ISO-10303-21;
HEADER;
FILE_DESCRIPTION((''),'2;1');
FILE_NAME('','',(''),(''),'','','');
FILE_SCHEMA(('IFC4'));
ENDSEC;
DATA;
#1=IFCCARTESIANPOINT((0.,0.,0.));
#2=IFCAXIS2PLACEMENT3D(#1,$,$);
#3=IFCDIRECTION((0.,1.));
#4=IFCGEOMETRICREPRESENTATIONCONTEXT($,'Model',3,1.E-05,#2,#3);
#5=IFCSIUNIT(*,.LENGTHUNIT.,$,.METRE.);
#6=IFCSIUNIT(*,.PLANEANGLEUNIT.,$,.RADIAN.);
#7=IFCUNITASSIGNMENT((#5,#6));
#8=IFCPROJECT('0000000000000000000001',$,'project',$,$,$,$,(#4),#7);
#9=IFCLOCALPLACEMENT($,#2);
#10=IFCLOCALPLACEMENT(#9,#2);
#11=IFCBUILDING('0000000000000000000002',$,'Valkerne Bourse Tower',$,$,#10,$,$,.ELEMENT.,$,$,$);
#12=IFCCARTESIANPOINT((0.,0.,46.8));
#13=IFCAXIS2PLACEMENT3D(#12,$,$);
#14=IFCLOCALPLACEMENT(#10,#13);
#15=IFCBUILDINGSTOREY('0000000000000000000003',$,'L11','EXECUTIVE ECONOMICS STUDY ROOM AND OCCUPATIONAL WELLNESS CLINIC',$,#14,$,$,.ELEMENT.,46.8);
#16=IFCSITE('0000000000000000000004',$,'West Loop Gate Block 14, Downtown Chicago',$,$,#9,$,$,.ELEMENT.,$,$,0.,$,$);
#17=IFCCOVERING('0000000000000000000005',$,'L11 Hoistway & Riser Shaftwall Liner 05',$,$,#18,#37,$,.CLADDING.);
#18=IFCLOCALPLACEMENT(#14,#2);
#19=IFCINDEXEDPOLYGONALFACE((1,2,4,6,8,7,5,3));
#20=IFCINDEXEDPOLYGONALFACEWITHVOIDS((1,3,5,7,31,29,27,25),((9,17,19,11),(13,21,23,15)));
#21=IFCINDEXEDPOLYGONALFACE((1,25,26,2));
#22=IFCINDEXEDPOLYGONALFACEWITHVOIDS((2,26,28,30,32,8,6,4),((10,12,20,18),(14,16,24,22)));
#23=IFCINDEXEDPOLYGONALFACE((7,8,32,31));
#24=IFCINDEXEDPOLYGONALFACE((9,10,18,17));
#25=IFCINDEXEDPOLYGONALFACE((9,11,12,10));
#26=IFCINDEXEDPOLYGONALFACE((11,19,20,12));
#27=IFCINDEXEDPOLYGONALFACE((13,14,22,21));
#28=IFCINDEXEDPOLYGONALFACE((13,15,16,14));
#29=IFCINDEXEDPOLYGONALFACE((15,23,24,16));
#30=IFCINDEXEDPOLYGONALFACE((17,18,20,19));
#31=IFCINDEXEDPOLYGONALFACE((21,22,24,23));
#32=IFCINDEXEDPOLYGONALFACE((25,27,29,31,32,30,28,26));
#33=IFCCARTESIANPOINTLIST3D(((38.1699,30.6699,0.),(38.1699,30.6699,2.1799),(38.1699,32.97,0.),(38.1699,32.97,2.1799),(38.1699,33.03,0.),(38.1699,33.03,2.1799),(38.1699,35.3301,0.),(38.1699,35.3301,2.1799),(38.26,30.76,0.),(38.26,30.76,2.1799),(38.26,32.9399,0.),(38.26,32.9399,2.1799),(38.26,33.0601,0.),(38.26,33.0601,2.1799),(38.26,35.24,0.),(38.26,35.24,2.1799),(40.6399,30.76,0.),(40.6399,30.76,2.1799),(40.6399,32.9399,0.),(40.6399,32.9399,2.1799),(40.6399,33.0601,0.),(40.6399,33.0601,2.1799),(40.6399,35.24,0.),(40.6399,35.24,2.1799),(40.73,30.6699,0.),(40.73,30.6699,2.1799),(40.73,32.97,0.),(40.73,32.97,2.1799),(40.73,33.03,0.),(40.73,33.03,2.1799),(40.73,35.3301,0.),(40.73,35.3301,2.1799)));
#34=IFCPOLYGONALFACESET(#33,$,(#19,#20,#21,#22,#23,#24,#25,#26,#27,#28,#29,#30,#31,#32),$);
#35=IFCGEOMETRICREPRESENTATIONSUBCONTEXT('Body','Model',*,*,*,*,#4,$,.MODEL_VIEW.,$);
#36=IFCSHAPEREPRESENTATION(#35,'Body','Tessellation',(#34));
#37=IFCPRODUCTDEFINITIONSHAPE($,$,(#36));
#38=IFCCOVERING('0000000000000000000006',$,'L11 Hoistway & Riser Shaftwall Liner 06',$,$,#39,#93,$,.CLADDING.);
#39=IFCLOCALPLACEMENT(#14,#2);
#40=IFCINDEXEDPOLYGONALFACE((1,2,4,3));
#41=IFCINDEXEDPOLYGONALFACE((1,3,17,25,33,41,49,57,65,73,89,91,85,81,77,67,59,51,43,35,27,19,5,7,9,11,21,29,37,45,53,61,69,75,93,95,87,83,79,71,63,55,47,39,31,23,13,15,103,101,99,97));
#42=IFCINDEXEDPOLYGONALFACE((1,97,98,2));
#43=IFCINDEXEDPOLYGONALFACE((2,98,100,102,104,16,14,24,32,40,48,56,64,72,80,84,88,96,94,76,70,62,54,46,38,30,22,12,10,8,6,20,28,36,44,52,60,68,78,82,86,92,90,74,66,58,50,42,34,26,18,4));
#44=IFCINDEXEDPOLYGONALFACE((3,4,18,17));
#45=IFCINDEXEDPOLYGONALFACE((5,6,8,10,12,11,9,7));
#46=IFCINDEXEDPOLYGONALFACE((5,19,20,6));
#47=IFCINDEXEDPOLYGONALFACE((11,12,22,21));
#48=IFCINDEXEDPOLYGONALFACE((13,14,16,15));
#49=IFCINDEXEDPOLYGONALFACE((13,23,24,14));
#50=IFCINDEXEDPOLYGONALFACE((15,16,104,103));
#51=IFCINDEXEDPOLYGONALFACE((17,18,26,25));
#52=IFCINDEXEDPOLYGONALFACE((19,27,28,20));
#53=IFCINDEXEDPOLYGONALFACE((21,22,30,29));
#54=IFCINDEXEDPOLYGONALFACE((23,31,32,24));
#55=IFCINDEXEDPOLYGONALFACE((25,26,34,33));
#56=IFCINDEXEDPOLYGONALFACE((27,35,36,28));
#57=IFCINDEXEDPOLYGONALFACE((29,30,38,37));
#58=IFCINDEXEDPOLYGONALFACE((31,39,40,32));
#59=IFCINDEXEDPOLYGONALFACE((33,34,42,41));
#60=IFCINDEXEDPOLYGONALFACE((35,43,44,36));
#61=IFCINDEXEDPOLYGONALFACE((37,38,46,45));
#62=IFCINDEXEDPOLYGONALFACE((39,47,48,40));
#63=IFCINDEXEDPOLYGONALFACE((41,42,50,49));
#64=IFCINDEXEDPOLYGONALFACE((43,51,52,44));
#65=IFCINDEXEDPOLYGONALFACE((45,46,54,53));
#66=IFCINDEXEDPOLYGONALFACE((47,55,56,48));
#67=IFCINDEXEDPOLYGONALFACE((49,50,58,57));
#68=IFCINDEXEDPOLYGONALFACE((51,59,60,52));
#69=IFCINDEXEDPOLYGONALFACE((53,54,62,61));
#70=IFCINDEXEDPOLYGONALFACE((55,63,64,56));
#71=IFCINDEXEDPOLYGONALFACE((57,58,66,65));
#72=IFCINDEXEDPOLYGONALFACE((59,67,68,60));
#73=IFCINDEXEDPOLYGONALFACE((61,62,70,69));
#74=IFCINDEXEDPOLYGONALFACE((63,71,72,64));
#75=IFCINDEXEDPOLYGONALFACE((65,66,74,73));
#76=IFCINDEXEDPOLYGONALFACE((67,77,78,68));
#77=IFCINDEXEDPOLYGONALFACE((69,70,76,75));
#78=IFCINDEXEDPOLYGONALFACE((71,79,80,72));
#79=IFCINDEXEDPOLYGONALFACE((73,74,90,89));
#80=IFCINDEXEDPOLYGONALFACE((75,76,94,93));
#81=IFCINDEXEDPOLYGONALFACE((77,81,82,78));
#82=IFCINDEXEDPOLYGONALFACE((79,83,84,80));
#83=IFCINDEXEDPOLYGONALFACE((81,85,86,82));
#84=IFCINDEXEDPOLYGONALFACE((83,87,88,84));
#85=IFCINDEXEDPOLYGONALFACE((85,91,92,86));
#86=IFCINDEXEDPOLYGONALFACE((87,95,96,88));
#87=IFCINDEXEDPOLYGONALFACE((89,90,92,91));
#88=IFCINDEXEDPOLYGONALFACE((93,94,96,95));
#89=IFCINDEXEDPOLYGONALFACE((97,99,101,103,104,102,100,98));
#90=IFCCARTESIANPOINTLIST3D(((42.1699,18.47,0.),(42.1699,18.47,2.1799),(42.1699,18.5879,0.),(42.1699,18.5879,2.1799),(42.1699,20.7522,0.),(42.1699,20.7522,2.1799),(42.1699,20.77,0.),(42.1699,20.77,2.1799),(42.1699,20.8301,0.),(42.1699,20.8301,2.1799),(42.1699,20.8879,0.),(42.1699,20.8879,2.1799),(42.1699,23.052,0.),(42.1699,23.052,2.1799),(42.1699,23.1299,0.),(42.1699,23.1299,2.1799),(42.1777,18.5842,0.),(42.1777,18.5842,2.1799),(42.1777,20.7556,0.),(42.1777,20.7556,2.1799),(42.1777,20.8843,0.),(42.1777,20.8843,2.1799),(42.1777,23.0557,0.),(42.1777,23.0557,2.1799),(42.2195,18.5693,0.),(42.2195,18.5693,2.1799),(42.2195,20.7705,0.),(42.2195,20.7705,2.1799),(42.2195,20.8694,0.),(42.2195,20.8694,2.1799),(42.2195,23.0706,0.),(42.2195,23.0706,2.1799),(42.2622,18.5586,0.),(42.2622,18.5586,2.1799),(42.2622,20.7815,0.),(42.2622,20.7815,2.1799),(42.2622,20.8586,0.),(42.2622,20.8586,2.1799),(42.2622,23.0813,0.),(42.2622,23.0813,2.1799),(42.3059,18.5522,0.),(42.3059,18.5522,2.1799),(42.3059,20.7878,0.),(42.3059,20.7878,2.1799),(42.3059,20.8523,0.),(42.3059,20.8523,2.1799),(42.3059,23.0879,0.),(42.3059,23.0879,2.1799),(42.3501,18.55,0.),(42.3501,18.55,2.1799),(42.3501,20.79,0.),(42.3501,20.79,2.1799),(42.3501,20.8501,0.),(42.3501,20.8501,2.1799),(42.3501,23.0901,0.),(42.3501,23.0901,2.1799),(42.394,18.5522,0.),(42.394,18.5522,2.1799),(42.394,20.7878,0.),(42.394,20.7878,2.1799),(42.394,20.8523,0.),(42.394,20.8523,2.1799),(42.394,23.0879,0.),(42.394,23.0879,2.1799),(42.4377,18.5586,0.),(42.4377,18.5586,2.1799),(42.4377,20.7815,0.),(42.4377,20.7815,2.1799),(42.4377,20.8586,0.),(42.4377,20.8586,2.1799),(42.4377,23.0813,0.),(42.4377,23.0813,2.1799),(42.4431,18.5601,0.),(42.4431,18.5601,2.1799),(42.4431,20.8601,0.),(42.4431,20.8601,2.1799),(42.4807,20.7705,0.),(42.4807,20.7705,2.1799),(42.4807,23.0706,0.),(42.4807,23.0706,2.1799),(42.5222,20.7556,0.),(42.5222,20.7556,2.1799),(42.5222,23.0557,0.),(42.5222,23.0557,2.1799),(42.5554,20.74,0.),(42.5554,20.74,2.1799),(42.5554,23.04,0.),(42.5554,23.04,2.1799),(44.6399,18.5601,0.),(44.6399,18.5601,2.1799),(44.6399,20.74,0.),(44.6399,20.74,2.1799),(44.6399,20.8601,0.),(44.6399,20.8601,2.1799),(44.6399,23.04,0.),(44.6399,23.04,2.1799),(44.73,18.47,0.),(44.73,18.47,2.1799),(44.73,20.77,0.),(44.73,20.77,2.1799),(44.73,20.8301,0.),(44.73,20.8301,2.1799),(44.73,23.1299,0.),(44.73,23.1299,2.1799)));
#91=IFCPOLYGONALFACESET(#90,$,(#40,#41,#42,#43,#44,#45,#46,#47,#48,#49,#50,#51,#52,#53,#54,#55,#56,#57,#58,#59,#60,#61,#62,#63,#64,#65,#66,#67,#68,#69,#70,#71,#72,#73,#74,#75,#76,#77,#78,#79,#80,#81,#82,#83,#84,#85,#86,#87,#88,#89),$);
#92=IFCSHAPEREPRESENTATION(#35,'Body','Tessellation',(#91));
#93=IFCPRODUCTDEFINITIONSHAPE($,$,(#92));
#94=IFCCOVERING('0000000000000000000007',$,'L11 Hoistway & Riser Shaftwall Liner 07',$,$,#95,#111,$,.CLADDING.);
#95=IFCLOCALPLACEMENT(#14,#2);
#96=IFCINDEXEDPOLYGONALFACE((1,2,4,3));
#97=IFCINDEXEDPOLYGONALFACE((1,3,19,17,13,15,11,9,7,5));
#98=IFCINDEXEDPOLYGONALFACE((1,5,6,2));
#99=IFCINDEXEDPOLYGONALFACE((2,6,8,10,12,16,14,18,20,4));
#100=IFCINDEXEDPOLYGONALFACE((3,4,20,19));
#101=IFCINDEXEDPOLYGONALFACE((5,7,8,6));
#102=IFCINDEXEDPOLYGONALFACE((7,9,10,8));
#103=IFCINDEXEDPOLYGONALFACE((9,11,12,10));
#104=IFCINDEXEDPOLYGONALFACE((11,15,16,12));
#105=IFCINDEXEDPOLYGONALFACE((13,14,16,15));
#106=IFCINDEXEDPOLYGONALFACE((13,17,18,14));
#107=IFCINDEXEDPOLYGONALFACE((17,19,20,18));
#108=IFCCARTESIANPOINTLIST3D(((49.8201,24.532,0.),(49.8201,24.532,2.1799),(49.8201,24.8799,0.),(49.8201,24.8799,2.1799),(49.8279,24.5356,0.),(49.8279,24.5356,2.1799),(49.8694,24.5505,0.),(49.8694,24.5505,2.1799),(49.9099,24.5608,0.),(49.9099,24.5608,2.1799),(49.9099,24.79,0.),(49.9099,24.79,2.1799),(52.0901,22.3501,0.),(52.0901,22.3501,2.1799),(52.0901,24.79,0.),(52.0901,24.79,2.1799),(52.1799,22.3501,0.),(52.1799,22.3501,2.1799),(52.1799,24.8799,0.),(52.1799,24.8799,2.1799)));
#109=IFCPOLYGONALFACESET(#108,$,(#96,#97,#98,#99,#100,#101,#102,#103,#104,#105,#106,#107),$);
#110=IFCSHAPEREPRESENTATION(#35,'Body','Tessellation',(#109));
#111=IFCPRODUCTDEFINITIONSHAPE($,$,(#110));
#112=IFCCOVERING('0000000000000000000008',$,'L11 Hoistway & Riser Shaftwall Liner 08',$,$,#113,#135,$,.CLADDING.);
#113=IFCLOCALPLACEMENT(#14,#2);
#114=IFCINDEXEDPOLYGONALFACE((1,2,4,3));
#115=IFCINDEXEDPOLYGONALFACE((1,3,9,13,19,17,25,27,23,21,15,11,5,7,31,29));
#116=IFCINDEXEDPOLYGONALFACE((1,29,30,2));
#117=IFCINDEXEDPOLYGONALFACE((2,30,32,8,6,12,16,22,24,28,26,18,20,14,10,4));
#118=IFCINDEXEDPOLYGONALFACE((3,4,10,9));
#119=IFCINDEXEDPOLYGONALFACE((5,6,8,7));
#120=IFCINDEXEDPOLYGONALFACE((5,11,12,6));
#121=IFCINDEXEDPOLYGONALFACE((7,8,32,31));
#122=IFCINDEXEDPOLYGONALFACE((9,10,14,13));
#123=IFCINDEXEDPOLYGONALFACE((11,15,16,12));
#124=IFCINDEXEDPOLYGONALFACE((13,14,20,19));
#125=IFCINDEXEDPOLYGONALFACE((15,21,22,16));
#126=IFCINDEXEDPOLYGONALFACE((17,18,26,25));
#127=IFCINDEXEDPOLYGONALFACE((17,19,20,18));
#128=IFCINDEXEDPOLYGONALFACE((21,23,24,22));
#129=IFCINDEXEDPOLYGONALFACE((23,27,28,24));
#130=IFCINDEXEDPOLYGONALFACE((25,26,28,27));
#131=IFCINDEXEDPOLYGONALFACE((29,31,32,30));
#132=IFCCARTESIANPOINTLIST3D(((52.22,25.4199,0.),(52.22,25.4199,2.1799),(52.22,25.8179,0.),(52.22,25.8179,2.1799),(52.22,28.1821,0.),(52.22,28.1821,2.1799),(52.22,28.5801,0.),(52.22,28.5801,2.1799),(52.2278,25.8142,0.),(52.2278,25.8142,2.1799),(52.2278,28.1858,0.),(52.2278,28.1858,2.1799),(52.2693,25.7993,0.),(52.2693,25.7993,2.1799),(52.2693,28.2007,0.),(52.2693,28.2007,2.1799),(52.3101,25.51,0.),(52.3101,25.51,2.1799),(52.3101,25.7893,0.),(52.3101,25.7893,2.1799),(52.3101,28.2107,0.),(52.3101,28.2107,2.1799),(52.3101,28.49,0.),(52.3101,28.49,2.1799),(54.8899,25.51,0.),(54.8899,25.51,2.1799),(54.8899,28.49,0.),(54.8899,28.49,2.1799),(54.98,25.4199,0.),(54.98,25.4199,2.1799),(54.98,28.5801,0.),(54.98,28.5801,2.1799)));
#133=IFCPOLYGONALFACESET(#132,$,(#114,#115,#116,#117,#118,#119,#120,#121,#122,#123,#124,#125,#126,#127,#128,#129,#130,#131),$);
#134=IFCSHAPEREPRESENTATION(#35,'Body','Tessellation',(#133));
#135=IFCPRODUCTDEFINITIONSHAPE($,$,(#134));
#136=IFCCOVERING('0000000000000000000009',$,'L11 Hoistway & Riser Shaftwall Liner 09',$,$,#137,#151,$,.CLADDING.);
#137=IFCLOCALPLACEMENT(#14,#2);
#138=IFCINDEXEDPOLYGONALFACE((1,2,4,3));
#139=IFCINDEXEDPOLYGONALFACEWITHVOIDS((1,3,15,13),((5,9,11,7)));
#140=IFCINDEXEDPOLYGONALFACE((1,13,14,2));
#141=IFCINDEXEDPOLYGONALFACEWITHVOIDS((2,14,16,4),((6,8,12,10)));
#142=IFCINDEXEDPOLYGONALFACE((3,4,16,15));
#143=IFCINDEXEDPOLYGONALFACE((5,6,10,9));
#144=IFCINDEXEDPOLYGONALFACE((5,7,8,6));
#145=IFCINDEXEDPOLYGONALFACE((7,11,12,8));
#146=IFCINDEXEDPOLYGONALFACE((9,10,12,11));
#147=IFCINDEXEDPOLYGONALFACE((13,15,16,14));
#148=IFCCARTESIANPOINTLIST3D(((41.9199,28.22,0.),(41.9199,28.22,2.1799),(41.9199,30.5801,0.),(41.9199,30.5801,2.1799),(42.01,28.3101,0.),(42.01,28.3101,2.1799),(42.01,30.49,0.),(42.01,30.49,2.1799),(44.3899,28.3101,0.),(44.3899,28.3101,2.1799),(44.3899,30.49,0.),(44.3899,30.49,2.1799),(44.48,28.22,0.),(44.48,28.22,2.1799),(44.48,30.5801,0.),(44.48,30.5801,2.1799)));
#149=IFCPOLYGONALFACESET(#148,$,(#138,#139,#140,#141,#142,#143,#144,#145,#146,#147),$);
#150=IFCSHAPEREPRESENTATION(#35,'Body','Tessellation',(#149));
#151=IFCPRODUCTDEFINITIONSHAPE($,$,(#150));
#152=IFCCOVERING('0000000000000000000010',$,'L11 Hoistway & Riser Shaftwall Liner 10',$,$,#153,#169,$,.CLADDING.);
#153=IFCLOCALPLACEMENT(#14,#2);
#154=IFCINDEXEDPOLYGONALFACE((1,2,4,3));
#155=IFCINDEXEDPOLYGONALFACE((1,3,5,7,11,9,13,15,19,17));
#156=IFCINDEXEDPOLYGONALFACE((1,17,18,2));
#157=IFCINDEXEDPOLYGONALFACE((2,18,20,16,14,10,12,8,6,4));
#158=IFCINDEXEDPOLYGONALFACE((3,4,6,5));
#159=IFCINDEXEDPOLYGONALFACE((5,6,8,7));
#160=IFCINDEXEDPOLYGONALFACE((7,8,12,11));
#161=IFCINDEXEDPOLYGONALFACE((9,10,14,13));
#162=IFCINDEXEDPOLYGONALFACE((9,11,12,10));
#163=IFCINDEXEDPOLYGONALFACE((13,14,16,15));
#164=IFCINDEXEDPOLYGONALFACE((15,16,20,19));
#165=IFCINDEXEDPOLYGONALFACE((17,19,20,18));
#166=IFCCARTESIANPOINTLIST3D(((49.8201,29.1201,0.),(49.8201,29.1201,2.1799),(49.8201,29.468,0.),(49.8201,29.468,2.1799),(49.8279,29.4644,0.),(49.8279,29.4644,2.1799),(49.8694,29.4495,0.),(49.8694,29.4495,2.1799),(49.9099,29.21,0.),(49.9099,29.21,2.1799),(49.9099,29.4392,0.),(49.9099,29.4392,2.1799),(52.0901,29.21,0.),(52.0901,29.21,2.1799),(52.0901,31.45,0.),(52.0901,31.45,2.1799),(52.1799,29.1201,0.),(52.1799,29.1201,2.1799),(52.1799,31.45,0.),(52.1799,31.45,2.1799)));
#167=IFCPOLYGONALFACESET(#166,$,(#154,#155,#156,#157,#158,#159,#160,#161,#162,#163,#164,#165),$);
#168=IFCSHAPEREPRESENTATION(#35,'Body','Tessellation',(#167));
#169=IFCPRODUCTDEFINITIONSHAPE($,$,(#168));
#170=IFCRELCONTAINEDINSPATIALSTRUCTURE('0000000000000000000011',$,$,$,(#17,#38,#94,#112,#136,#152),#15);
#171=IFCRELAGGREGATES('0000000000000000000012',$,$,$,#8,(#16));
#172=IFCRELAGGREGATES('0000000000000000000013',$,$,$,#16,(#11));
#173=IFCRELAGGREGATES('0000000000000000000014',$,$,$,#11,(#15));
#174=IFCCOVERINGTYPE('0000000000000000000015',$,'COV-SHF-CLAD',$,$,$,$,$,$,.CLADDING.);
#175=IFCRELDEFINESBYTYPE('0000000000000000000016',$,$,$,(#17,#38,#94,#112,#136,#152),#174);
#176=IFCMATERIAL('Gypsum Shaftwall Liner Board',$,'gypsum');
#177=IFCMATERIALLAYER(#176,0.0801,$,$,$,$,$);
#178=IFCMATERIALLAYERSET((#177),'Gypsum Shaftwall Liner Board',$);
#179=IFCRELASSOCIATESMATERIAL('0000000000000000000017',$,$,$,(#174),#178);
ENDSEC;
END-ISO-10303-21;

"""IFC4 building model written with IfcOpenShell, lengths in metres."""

from ifc_helpers import new_model, si_unit, direction, frame, origin, place, context, subcontext, project, spatial, polyline, outline, extrude, material, layer, layer_set, type_object, element, save


model = new_model("IFC4")

# Units and contexts
model_context = context("Model", 3, precision=1e-05, world=origin(), true_north=direction((0.0, 1.0)))
body_context = subcontext(model_context, "Body", "Model", "MODEL_VIEW")
ifc_project = project(units=[si_unit("LENGTHUNIT", "METRE"), si_unit("PLANEANGLEUNIT", "RADIAN")], contexts=[model_context])

# Site, building, storey
site_placement = place(None, origin())
site = spatial("IfcSite", under=ifc_project, at=site_placement, Name="West Loop Gate Block 14, Downtown Chicago", CompositionType="ELEMENT", RefElevation=0.0)
building_placement = place(site_placement, origin())
building = spatial("IfcBuilding", under=site, at=building_placement, Name="Valkerne Bourse Tower", CompositionType="ELEMENT")
storey_placement = place(building_placement, frame((0.0, 0.0, 46.8)))
storey = spatial("IfcBuildingStorey", under=building, at=storey_placement, Name="L11", Description="EXECUTIVE ECONOMICS STUDY ROOM AND OCCUPATIONAL WELLNESS CLINIC", CompositionType="ELEMENT", Elevation=46.8)

# Coverings
ifc_material_1 = material(Name="Gypsum Shaftwall Liner Board", Category="gypsum")
ifc_layer_1 = layer(ifc_material_1, 0.0801)
ifc_layer_set_1 = layer_set([ifc_layer_1], Name="Gypsum Shaftwall Liner Board")
covering_type_1 = type_object("IfcCoveringType", Name="COV-SHF-CLAD", PredefinedType="CLADDING", material=ifc_layer_set_1)
covering_1_placement = place(storey_placement, origin())
element("IfcCovering", 1, at=covering_1_placement, inside=storey, type_object=covering_type_1, Name="L11 Hoistway & Riser Shaftwall Liner 05", PredefinedType="CLADDING", context=body_context, shape_type="SweptSolid", body=[
    extrude(outline(polyline([(38.1699, 35.3301), (40.73, 35.3301), (40.73, 33.03), (40.73, 32.97), (40.73, 30.6699), (38.1699, 30.6699), (38.1699, 32.97), (38.1699, 33.03), (38.1699, 35.3301)]), holes=[polyline([(38.26, 32.9399), (38.26, 30.76), (40.6399, 30.76), (40.6399, 32.9399), (38.26, 32.9399)]), polyline([(38.26, 35.24), (38.26, 33.0601), (40.6399, 33.0601), (40.6399, 35.24), (38.26, 35.24)])]), origin(), (0.0, 0.0, 1.0), 2.1799),
])
covering_2_placement = place(storey_placement, origin())
element("IfcCovering", 2, at=covering_2_placement, inside=storey, type_object=covering_type_1, Name="L11 Hoistway & Riser Shaftwall Liner 06", PredefinedType="CLADDING", context=body_context, shape_type="SweptSolid", body=[
    extrude(outline(polyline([(42.1699, 20.8301), (42.1699, 20.8879), (42.1777, 20.8843), (42.2195, 20.8694), (42.2622, 20.8586), (42.3059, 20.8523), (42.3501, 20.8501), (42.394, 20.8523), (42.4377, 20.8586), (42.4431, 20.8601), (44.6399, 20.8601), (44.6399, 23.04), (42.5554, 23.04), (42.5222, 23.0557), (42.4807, 23.0706), (42.4377, 23.0813), (42.394, 23.0879), (42.3501, 23.0901), (42.3059, 23.0879), (42.2622, 23.0813), (42.2195, 23.0706), (42.1777, 23.0557), (42.1699, 23.052), (42.1699, 23.1299), (44.73, 23.1299), (44.73, 20.8301), (44.73, 20.77), (44.73, 18.47), (42.1699, 18.47), (42.1699, 18.5879), (42.1777, 18.5842), (42.2195, 18.5693), (42.2622, 18.5586), (42.3059, 18.5522), (42.3501, 18.55), (42.394, 18.5522), (42.4377, 18.5586), (42.4431, 18.5601), (44.6399, 18.5601), (44.6399, 20.74), (42.5554, 20.74), (42.5222, 20.7556), (42.4807, 20.7705), (42.4377, 20.7815), (42.394, 20.7878), (42.3501, 20.79), (42.3059, 20.7878), (42.2622, 20.7815), (42.2195, 20.7705), (42.1777, 20.7556), (42.1699, 20.7522), (42.1699, 20.77), (42.1699, 20.8301)])), origin(), (0.0, 0.0, 1.0), 2.1799),
])
covering_3_placement = place(storey_placement, origin())
element("IfcCovering", 3, at=covering_3_placement, inside=storey, type_object=covering_type_1, Name="L11 Hoistway & Riser Shaftwall Liner 07", PredefinedType="CLADDING", context=body_context, shape_type="SweptSolid", body=[
    extrude(outline(polyline([(52.1799, 22.3501), (52.0901, 22.3501), (52.0901, 24.79), (49.9099, 24.79), (49.9099, 24.5608), (49.8694, 24.5505), (49.8279, 24.5356), (49.8201, 24.532), (49.8201, 24.8799), (52.1799, 24.8799), (52.1799, 22.3501)])), origin(), (0.0, 0.0, 1.0), 2.1799),
])
covering_4_placement = place(storey_placement, origin())
element("IfcCovering", 4, at=covering_4_placement, inside=storey, type_object=covering_type_1, Name="L11 Hoistway & Riser Shaftwall Liner 08", PredefinedType="CLADDING", context=body_context, shape_type="SweptSolid", body=[
    extrude(outline(polyline([(54.98, 25.4199), (52.22, 25.4199), (52.22, 25.8179), (52.2278, 25.8142), (52.2693, 25.7993), (52.3101, 25.7893), (52.3101, 25.51), (54.8899, 25.51), (54.8899, 28.49), (52.3101, 28.49), (52.3101, 28.2107), (52.2693, 28.2007), (52.2278, 28.1858), (52.22, 28.1821), (52.22, 28.5801), (54.98, 28.5801), (54.98, 25.4199)])), origin(), (0.0, 0.0, 1.0), 2.1799),
])
covering_5_placement = place(storey_placement, origin())
element("IfcCovering", 5, at=covering_5_placement, inside=storey, type_object=covering_type_1, Name="L11 Hoistway & Riser Shaftwall Liner 09", PredefinedType="CLADDING", context=body_context, shape_type="SweptSolid", body=[
    extrude(outline(polyline([(44.48, 28.22), (41.9199, 28.22), (41.9199, 30.5801), (44.48, 30.5801), (44.48, 28.22)]), holes=[polyline([(42.01, 30.49), (42.01, 28.3101), (44.3899, 28.3101), (44.3899, 30.49), (42.01, 30.49)])]), origin(), (0.0, 0.0, 1.0), 2.1799),
])
covering_6_placement = place(storey_placement, origin())
element("IfcCovering", 6, at=covering_6_placement, inside=storey, type_object=covering_type_1, Name="L11 Hoistway & Riser Shaftwall Liner 10", PredefinedType="CLADDING", context=body_context, shape_type="SweptSolid", body=[
    extrude(outline(polyline([(49.8201, 29.1201), (49.8201, 29.468), (49.8279, 29.4644), (49.8694, 29.4495), (49.9099, 29.4392), (49.9099, 29.21), (52.0901, 29.21), (52.0901, 31.45), (52.1799, 31.45), (52.1799, 29.1201), (49.8201, 29.1201)])), origin(), (0.0, 0.0, 1.0), 2.1799),
])

save(model, "model.ifc")
